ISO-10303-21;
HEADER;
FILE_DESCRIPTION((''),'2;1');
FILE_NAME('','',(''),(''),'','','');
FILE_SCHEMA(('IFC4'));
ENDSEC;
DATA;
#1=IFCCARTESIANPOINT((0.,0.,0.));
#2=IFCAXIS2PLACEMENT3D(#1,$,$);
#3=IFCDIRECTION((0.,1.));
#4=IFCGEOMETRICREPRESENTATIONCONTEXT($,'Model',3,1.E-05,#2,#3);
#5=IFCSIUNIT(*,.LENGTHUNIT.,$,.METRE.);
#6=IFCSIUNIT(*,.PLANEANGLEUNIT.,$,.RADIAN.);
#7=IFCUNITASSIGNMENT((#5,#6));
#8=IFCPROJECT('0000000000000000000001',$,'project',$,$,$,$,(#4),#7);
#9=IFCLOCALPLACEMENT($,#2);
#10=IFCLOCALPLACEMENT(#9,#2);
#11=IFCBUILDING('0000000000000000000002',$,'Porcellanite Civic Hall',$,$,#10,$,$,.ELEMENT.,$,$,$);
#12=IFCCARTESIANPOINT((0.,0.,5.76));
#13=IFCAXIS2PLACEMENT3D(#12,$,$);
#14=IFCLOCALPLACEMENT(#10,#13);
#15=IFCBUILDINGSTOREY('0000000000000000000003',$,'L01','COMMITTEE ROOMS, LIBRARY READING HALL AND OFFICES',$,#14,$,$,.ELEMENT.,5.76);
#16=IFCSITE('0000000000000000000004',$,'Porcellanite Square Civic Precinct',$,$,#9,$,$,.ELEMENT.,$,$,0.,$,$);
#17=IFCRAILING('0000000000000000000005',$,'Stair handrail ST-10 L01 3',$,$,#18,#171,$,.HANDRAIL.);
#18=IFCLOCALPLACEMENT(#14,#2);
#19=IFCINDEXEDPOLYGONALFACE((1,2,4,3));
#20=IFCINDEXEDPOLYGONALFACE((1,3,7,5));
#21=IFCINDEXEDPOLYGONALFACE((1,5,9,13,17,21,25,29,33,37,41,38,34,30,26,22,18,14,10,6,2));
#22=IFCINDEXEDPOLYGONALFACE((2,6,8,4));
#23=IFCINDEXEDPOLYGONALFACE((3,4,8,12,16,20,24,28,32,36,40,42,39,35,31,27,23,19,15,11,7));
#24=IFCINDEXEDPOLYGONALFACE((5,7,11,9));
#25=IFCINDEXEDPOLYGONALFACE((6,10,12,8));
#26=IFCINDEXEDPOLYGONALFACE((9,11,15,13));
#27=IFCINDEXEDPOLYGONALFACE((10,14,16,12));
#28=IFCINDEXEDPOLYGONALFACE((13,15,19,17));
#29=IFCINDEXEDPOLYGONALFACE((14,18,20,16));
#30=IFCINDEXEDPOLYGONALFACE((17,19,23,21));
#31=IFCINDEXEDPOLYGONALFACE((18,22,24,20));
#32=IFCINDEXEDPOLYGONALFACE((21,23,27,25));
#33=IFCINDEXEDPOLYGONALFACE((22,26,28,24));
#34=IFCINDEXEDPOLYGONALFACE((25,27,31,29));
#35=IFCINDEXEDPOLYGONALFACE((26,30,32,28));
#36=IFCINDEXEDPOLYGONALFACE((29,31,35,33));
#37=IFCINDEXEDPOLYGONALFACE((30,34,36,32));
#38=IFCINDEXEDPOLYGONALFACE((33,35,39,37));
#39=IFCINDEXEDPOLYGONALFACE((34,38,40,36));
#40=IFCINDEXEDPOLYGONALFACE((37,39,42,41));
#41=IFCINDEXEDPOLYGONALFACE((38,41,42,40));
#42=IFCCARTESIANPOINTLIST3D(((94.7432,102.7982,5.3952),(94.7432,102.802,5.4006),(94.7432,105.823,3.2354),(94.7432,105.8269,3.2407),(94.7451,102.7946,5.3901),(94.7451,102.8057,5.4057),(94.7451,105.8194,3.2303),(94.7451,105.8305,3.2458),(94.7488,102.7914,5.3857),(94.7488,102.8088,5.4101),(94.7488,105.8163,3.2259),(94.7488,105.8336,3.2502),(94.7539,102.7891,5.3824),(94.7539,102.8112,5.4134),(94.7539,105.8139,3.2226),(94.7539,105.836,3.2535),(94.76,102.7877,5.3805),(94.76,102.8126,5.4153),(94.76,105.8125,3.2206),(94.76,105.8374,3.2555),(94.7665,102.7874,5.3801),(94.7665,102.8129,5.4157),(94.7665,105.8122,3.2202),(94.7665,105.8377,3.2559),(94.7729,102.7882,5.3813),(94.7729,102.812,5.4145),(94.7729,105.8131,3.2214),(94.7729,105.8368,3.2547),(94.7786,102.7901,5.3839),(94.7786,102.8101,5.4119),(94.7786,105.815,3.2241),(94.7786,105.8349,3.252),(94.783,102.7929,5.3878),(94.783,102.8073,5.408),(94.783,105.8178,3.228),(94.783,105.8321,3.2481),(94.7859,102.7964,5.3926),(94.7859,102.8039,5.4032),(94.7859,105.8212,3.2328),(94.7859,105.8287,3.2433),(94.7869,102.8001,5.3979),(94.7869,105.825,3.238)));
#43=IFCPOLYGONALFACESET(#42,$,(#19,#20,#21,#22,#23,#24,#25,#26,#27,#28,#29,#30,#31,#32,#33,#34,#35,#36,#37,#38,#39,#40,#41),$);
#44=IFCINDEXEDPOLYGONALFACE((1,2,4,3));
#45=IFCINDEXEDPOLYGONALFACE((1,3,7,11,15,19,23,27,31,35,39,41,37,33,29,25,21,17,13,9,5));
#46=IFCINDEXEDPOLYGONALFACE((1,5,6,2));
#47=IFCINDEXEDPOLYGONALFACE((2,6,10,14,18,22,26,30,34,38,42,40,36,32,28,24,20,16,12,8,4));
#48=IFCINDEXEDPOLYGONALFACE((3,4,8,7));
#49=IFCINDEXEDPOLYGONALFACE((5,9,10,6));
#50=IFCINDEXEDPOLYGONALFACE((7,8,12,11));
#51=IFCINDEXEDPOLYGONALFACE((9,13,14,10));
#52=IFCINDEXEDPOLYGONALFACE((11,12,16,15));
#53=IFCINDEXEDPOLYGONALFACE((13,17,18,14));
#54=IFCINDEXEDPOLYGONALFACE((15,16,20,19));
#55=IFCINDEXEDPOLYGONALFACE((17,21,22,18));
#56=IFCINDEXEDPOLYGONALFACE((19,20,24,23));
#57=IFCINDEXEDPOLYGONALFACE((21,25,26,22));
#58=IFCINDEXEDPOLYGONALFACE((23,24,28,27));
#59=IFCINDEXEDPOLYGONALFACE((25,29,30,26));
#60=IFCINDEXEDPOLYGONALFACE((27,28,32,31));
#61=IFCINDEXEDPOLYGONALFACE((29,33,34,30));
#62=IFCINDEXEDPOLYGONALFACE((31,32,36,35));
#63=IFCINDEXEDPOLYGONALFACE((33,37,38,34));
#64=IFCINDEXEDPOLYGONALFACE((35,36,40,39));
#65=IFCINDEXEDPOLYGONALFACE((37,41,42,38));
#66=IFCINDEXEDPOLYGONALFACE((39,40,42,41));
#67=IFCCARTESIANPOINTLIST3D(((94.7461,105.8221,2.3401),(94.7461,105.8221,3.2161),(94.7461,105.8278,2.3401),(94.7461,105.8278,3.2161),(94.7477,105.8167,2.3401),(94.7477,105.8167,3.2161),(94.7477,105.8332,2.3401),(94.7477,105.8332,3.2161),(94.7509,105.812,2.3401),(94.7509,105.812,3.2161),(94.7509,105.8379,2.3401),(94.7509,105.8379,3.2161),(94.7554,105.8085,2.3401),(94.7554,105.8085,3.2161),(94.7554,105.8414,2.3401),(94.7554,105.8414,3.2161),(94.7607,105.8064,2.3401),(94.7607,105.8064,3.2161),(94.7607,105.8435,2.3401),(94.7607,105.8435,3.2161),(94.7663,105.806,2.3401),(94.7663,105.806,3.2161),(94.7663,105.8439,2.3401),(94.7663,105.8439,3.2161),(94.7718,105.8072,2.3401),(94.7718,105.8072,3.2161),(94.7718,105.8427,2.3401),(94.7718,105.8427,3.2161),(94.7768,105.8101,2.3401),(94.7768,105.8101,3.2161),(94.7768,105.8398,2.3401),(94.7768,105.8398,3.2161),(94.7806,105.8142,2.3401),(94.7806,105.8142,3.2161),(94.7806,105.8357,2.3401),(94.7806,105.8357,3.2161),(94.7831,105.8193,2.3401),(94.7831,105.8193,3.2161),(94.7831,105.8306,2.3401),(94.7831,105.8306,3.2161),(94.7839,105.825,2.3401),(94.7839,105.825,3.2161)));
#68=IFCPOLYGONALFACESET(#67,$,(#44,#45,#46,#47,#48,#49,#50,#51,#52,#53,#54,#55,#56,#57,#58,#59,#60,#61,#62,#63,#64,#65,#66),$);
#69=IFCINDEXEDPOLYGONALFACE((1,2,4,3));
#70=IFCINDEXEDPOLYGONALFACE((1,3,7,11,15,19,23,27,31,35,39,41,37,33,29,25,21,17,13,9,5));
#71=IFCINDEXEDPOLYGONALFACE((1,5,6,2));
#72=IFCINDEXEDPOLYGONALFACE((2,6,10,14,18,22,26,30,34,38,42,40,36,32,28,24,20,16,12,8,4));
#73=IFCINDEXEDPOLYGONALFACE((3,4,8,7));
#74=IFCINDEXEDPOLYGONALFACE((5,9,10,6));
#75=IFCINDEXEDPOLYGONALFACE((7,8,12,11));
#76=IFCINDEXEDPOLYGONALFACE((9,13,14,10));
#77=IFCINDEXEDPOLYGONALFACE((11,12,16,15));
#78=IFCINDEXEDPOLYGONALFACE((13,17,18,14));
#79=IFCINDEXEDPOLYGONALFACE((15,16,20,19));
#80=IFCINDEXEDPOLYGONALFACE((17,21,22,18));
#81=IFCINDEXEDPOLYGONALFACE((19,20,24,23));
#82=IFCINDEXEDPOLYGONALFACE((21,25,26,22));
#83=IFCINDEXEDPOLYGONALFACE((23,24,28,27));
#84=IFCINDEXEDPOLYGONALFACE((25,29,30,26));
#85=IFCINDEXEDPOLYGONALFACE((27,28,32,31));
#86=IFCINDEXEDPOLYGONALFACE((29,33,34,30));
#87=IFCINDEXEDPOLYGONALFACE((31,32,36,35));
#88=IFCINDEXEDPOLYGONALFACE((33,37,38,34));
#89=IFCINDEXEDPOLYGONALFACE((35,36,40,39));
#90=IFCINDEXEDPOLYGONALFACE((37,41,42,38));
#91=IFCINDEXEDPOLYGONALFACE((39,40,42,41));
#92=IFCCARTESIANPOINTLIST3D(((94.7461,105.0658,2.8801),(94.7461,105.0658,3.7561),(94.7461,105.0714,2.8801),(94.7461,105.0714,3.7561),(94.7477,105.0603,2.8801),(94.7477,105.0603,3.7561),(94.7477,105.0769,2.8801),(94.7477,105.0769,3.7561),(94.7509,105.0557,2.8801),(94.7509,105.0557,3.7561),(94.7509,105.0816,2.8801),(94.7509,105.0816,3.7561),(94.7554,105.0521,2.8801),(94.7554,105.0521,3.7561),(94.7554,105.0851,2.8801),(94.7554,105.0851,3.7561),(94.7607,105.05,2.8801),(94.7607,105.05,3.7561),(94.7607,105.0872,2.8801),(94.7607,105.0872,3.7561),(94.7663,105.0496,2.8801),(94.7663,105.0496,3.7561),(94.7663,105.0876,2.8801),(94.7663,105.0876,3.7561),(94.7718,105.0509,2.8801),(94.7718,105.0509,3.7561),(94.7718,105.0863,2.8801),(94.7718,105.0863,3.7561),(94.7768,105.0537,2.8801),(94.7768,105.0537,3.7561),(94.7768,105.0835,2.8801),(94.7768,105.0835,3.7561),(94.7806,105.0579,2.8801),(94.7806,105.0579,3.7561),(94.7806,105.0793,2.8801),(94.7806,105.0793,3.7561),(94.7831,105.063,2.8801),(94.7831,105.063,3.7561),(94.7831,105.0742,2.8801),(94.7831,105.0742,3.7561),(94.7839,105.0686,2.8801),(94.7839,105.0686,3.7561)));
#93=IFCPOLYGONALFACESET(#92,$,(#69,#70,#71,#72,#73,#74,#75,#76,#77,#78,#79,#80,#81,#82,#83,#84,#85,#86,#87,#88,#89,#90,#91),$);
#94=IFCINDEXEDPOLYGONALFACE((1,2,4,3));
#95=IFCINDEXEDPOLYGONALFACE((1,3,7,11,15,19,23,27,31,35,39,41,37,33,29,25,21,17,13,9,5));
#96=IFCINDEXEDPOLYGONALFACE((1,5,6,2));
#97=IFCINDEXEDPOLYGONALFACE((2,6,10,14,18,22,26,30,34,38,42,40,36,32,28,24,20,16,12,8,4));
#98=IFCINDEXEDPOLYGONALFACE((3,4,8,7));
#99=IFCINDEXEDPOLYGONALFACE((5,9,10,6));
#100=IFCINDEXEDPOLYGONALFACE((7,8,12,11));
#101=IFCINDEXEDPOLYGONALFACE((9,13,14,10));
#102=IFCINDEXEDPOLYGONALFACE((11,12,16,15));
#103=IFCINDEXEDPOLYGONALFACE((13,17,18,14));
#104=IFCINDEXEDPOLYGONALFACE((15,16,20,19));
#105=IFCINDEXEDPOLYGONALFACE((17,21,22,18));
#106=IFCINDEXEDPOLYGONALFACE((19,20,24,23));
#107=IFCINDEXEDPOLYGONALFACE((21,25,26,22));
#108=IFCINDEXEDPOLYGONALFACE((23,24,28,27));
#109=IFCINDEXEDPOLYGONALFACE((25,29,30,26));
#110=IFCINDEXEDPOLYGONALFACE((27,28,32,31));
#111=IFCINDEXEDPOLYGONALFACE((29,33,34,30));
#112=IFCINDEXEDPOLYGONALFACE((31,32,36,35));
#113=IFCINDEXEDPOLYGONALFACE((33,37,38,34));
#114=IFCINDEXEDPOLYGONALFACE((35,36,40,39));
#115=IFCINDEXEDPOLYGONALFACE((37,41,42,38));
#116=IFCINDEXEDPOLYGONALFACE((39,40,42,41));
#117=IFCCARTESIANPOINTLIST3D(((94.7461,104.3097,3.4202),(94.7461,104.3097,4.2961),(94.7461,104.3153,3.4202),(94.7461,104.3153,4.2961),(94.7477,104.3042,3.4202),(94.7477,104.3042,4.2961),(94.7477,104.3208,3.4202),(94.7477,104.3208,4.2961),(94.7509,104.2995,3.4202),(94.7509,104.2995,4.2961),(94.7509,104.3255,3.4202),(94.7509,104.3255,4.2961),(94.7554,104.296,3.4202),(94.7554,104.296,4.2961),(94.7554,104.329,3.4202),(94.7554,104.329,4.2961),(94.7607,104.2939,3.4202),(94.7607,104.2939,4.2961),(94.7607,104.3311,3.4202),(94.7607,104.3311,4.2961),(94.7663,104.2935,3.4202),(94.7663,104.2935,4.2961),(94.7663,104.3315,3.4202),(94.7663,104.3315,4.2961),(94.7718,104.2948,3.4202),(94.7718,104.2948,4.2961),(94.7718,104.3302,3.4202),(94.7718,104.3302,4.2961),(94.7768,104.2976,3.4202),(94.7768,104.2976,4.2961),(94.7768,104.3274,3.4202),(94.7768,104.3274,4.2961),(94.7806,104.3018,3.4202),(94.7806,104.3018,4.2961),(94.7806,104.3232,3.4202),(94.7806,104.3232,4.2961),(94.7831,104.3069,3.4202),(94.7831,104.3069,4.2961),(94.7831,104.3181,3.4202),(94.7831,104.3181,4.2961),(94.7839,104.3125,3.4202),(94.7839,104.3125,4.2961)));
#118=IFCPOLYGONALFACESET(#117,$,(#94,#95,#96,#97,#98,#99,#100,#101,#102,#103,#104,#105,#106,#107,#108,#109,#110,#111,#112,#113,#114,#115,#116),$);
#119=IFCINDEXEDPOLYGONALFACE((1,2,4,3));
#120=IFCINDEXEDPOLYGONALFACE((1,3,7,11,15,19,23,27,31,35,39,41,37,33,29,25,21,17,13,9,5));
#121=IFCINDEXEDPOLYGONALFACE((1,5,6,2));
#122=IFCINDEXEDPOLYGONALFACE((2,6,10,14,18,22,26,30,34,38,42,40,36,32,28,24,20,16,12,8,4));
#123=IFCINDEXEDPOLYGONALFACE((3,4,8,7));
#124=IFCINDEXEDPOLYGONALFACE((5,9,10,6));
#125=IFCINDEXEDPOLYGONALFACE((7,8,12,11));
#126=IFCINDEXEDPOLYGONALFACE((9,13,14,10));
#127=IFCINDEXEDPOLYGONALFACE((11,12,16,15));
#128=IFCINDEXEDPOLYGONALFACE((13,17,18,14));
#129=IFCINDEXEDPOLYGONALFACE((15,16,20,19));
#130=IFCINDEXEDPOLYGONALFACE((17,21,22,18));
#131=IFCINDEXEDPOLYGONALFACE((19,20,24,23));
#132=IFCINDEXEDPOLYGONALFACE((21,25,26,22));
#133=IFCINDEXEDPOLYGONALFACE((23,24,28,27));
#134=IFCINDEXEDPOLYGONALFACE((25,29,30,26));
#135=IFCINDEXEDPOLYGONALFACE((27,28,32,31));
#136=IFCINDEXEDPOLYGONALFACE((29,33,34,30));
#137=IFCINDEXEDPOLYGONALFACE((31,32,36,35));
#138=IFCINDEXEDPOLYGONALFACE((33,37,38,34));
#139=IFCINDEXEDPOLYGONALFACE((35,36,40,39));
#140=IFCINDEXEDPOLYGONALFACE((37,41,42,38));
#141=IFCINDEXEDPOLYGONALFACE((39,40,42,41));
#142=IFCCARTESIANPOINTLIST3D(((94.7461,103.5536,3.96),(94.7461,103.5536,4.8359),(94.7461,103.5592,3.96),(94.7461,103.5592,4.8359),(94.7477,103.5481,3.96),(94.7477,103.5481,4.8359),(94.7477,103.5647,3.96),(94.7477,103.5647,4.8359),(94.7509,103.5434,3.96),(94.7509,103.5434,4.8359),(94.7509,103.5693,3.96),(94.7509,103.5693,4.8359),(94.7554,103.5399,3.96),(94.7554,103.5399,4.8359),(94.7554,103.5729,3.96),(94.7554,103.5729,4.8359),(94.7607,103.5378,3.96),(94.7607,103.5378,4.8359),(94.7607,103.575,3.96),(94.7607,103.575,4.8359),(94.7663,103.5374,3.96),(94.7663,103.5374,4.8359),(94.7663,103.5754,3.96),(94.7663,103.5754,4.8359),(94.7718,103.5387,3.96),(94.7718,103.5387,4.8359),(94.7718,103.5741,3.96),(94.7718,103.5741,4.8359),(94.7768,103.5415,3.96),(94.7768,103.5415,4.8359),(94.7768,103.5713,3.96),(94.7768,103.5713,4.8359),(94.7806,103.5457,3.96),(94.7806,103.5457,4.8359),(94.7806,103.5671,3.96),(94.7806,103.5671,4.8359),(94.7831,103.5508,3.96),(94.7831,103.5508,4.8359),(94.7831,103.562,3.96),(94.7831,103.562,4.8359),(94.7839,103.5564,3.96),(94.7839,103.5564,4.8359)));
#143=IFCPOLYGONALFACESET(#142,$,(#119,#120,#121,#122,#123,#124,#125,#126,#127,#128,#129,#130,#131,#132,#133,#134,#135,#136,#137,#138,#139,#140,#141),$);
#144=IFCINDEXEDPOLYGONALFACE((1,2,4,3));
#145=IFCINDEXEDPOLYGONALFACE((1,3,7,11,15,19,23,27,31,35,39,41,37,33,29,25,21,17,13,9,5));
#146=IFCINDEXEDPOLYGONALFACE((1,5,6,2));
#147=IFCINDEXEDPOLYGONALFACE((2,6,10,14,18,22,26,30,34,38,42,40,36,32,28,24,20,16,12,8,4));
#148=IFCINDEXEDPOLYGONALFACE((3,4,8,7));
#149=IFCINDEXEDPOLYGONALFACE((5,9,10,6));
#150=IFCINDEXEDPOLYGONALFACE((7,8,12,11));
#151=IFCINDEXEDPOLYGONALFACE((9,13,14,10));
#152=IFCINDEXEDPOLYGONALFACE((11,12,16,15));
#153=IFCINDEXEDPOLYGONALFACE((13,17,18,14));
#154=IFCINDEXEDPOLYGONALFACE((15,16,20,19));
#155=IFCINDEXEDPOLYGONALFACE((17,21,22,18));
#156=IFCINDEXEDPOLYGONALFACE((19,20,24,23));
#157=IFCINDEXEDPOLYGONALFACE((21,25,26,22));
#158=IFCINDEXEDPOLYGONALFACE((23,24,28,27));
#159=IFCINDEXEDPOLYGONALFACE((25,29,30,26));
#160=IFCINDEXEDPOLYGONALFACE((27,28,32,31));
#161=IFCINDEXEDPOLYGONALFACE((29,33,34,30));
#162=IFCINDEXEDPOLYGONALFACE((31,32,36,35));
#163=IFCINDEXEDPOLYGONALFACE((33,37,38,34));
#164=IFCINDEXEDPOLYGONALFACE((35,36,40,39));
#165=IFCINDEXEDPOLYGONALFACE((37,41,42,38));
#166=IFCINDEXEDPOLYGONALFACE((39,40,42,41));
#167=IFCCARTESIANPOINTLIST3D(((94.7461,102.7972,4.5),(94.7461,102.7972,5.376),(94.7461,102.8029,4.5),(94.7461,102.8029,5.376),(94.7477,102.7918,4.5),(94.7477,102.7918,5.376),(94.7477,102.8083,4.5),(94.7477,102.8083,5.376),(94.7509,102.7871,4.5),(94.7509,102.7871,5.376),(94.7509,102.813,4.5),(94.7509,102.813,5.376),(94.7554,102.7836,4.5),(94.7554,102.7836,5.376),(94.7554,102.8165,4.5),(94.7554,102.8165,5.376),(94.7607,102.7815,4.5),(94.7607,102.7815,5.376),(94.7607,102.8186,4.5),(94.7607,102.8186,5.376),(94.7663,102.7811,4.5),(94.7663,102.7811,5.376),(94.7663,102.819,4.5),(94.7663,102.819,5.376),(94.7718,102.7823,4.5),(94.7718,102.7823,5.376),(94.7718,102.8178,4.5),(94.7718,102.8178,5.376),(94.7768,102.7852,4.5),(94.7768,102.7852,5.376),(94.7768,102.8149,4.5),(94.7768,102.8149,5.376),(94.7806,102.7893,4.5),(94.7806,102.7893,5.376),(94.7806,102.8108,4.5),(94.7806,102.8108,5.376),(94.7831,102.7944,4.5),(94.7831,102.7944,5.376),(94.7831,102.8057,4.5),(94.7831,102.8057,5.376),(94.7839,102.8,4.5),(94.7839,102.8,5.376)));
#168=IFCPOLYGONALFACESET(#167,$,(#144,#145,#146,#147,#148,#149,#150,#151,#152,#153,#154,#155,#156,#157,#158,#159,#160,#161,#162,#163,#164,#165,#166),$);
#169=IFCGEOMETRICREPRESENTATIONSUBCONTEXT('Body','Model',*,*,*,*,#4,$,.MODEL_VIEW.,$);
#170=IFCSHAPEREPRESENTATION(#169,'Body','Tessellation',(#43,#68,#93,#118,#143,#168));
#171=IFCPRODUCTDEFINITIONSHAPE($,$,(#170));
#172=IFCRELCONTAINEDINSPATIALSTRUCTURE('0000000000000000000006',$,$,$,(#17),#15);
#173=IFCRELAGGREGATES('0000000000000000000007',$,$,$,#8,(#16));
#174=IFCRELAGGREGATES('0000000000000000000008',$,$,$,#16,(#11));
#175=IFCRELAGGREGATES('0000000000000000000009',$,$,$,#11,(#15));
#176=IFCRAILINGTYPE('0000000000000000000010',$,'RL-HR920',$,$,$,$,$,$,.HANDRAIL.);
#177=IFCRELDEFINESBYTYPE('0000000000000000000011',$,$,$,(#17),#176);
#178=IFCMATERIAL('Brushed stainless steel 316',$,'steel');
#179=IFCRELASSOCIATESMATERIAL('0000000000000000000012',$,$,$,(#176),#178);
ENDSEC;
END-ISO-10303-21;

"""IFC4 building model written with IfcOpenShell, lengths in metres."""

from ifc_helpers import new_model, si_unit, direction, frame, origin, origin_2d, place, context, subcontext, project, spatial, circle, extrude, material, type_object, element, save


model = new_model("IFC4")

# Units and contexts
model_context = context("Model", 3, precision=1e-05, world=origin(), true_north=direction((0.0, 1.0)))
body_context = subcontext(model_context, "Body", "Model", "MODEL_VIEW")
ifc_project = project(units=[si_unit("LENGTHUNIT", "METRE"), si_unit("PLANEANGLEUNIT", "RADIAN")], contexts=[model_context])

# Site, building, storey
site_placement = place(None, origin())
site = spatial("IfcSite", under=ifc_project, at=site_placement, Name="Porcellanite Square Civic Precinct", CompositionType="ELEMENT", RefElevation=0.0)
building_placement = place(site_placement, origin())
building = spatial("IfcBuilding", under=site, at=building_placement, Name="Porcellanite Civic Hall", CompositionType="ELEMENT")
storey_placement = place(building_placement, frame((0.0, 0.0, 5.76)))
storey = spatial("IfcBuildingStorey", under=building, at=storey_placement, Name="L01", Description="COMMITTEE ROOMS, LIBRARY READING HALL AND OFFICES", CompositionType="ELEMENT", Elevation=5.76)

# Railing
ifc_material_1 = material(Name="Brushed stainless steel 316", Category="steel")
railing_type_1 = type_object("IfcRailingType", Name="RL-HR920", PredefinedType="HANDRAIL", material=ifc_material_1)
railing_1_placement = place(storey_placement, frame((94.7649, 105.825, 2.3401)))
element("IfcRailing", 1, at=railing_1_placement, inside=storey, type_object=railing_type_1, Name="Stair handrail ST-10 L01 3", PredefinedType="HANDRAIL", context=body_context, shape_type="SweptSolid", body=[
    extrude(circle(Radius=0.022, at=origin_2d()), frame((0.0, 0.0, 0.8979), z_axis=(0.0, -0.813827, 0.581108), x_axis=(1.0, 0.0, 0.0)), (0.0, 0.0, 1.0), 3.7168),
    extrude(circle(Radius=0.019, at=origin_2d()), origin(), (0.0, 0.0, 1.0), 0.876),
    extrude(circle(Radius=0.019, at=origin_2d()), frame((0.0, -0.7563, 0.54)), (0.0, 0.0, 1.0), 0.876),
    extrude(circle(Radius=0.019, at=origin_2d()), frame((0.0, -1.5125, 1.0801)), (0.0, 0.0, 1.0), 0.876),
    extrude(circle(Radius=0.019, at=origin_2d()), frame((0.0, -2.2686, 1.6199)), (0.0, 0.0, 1.0), 0.876),
    extrude(circle(Radius=0.019, at=origin_2d()), frame((0.0, -3.0249, 2.1599)), (0.0, 0.0, 1.0), 0.876),
])

save(model, "model.ifc")
